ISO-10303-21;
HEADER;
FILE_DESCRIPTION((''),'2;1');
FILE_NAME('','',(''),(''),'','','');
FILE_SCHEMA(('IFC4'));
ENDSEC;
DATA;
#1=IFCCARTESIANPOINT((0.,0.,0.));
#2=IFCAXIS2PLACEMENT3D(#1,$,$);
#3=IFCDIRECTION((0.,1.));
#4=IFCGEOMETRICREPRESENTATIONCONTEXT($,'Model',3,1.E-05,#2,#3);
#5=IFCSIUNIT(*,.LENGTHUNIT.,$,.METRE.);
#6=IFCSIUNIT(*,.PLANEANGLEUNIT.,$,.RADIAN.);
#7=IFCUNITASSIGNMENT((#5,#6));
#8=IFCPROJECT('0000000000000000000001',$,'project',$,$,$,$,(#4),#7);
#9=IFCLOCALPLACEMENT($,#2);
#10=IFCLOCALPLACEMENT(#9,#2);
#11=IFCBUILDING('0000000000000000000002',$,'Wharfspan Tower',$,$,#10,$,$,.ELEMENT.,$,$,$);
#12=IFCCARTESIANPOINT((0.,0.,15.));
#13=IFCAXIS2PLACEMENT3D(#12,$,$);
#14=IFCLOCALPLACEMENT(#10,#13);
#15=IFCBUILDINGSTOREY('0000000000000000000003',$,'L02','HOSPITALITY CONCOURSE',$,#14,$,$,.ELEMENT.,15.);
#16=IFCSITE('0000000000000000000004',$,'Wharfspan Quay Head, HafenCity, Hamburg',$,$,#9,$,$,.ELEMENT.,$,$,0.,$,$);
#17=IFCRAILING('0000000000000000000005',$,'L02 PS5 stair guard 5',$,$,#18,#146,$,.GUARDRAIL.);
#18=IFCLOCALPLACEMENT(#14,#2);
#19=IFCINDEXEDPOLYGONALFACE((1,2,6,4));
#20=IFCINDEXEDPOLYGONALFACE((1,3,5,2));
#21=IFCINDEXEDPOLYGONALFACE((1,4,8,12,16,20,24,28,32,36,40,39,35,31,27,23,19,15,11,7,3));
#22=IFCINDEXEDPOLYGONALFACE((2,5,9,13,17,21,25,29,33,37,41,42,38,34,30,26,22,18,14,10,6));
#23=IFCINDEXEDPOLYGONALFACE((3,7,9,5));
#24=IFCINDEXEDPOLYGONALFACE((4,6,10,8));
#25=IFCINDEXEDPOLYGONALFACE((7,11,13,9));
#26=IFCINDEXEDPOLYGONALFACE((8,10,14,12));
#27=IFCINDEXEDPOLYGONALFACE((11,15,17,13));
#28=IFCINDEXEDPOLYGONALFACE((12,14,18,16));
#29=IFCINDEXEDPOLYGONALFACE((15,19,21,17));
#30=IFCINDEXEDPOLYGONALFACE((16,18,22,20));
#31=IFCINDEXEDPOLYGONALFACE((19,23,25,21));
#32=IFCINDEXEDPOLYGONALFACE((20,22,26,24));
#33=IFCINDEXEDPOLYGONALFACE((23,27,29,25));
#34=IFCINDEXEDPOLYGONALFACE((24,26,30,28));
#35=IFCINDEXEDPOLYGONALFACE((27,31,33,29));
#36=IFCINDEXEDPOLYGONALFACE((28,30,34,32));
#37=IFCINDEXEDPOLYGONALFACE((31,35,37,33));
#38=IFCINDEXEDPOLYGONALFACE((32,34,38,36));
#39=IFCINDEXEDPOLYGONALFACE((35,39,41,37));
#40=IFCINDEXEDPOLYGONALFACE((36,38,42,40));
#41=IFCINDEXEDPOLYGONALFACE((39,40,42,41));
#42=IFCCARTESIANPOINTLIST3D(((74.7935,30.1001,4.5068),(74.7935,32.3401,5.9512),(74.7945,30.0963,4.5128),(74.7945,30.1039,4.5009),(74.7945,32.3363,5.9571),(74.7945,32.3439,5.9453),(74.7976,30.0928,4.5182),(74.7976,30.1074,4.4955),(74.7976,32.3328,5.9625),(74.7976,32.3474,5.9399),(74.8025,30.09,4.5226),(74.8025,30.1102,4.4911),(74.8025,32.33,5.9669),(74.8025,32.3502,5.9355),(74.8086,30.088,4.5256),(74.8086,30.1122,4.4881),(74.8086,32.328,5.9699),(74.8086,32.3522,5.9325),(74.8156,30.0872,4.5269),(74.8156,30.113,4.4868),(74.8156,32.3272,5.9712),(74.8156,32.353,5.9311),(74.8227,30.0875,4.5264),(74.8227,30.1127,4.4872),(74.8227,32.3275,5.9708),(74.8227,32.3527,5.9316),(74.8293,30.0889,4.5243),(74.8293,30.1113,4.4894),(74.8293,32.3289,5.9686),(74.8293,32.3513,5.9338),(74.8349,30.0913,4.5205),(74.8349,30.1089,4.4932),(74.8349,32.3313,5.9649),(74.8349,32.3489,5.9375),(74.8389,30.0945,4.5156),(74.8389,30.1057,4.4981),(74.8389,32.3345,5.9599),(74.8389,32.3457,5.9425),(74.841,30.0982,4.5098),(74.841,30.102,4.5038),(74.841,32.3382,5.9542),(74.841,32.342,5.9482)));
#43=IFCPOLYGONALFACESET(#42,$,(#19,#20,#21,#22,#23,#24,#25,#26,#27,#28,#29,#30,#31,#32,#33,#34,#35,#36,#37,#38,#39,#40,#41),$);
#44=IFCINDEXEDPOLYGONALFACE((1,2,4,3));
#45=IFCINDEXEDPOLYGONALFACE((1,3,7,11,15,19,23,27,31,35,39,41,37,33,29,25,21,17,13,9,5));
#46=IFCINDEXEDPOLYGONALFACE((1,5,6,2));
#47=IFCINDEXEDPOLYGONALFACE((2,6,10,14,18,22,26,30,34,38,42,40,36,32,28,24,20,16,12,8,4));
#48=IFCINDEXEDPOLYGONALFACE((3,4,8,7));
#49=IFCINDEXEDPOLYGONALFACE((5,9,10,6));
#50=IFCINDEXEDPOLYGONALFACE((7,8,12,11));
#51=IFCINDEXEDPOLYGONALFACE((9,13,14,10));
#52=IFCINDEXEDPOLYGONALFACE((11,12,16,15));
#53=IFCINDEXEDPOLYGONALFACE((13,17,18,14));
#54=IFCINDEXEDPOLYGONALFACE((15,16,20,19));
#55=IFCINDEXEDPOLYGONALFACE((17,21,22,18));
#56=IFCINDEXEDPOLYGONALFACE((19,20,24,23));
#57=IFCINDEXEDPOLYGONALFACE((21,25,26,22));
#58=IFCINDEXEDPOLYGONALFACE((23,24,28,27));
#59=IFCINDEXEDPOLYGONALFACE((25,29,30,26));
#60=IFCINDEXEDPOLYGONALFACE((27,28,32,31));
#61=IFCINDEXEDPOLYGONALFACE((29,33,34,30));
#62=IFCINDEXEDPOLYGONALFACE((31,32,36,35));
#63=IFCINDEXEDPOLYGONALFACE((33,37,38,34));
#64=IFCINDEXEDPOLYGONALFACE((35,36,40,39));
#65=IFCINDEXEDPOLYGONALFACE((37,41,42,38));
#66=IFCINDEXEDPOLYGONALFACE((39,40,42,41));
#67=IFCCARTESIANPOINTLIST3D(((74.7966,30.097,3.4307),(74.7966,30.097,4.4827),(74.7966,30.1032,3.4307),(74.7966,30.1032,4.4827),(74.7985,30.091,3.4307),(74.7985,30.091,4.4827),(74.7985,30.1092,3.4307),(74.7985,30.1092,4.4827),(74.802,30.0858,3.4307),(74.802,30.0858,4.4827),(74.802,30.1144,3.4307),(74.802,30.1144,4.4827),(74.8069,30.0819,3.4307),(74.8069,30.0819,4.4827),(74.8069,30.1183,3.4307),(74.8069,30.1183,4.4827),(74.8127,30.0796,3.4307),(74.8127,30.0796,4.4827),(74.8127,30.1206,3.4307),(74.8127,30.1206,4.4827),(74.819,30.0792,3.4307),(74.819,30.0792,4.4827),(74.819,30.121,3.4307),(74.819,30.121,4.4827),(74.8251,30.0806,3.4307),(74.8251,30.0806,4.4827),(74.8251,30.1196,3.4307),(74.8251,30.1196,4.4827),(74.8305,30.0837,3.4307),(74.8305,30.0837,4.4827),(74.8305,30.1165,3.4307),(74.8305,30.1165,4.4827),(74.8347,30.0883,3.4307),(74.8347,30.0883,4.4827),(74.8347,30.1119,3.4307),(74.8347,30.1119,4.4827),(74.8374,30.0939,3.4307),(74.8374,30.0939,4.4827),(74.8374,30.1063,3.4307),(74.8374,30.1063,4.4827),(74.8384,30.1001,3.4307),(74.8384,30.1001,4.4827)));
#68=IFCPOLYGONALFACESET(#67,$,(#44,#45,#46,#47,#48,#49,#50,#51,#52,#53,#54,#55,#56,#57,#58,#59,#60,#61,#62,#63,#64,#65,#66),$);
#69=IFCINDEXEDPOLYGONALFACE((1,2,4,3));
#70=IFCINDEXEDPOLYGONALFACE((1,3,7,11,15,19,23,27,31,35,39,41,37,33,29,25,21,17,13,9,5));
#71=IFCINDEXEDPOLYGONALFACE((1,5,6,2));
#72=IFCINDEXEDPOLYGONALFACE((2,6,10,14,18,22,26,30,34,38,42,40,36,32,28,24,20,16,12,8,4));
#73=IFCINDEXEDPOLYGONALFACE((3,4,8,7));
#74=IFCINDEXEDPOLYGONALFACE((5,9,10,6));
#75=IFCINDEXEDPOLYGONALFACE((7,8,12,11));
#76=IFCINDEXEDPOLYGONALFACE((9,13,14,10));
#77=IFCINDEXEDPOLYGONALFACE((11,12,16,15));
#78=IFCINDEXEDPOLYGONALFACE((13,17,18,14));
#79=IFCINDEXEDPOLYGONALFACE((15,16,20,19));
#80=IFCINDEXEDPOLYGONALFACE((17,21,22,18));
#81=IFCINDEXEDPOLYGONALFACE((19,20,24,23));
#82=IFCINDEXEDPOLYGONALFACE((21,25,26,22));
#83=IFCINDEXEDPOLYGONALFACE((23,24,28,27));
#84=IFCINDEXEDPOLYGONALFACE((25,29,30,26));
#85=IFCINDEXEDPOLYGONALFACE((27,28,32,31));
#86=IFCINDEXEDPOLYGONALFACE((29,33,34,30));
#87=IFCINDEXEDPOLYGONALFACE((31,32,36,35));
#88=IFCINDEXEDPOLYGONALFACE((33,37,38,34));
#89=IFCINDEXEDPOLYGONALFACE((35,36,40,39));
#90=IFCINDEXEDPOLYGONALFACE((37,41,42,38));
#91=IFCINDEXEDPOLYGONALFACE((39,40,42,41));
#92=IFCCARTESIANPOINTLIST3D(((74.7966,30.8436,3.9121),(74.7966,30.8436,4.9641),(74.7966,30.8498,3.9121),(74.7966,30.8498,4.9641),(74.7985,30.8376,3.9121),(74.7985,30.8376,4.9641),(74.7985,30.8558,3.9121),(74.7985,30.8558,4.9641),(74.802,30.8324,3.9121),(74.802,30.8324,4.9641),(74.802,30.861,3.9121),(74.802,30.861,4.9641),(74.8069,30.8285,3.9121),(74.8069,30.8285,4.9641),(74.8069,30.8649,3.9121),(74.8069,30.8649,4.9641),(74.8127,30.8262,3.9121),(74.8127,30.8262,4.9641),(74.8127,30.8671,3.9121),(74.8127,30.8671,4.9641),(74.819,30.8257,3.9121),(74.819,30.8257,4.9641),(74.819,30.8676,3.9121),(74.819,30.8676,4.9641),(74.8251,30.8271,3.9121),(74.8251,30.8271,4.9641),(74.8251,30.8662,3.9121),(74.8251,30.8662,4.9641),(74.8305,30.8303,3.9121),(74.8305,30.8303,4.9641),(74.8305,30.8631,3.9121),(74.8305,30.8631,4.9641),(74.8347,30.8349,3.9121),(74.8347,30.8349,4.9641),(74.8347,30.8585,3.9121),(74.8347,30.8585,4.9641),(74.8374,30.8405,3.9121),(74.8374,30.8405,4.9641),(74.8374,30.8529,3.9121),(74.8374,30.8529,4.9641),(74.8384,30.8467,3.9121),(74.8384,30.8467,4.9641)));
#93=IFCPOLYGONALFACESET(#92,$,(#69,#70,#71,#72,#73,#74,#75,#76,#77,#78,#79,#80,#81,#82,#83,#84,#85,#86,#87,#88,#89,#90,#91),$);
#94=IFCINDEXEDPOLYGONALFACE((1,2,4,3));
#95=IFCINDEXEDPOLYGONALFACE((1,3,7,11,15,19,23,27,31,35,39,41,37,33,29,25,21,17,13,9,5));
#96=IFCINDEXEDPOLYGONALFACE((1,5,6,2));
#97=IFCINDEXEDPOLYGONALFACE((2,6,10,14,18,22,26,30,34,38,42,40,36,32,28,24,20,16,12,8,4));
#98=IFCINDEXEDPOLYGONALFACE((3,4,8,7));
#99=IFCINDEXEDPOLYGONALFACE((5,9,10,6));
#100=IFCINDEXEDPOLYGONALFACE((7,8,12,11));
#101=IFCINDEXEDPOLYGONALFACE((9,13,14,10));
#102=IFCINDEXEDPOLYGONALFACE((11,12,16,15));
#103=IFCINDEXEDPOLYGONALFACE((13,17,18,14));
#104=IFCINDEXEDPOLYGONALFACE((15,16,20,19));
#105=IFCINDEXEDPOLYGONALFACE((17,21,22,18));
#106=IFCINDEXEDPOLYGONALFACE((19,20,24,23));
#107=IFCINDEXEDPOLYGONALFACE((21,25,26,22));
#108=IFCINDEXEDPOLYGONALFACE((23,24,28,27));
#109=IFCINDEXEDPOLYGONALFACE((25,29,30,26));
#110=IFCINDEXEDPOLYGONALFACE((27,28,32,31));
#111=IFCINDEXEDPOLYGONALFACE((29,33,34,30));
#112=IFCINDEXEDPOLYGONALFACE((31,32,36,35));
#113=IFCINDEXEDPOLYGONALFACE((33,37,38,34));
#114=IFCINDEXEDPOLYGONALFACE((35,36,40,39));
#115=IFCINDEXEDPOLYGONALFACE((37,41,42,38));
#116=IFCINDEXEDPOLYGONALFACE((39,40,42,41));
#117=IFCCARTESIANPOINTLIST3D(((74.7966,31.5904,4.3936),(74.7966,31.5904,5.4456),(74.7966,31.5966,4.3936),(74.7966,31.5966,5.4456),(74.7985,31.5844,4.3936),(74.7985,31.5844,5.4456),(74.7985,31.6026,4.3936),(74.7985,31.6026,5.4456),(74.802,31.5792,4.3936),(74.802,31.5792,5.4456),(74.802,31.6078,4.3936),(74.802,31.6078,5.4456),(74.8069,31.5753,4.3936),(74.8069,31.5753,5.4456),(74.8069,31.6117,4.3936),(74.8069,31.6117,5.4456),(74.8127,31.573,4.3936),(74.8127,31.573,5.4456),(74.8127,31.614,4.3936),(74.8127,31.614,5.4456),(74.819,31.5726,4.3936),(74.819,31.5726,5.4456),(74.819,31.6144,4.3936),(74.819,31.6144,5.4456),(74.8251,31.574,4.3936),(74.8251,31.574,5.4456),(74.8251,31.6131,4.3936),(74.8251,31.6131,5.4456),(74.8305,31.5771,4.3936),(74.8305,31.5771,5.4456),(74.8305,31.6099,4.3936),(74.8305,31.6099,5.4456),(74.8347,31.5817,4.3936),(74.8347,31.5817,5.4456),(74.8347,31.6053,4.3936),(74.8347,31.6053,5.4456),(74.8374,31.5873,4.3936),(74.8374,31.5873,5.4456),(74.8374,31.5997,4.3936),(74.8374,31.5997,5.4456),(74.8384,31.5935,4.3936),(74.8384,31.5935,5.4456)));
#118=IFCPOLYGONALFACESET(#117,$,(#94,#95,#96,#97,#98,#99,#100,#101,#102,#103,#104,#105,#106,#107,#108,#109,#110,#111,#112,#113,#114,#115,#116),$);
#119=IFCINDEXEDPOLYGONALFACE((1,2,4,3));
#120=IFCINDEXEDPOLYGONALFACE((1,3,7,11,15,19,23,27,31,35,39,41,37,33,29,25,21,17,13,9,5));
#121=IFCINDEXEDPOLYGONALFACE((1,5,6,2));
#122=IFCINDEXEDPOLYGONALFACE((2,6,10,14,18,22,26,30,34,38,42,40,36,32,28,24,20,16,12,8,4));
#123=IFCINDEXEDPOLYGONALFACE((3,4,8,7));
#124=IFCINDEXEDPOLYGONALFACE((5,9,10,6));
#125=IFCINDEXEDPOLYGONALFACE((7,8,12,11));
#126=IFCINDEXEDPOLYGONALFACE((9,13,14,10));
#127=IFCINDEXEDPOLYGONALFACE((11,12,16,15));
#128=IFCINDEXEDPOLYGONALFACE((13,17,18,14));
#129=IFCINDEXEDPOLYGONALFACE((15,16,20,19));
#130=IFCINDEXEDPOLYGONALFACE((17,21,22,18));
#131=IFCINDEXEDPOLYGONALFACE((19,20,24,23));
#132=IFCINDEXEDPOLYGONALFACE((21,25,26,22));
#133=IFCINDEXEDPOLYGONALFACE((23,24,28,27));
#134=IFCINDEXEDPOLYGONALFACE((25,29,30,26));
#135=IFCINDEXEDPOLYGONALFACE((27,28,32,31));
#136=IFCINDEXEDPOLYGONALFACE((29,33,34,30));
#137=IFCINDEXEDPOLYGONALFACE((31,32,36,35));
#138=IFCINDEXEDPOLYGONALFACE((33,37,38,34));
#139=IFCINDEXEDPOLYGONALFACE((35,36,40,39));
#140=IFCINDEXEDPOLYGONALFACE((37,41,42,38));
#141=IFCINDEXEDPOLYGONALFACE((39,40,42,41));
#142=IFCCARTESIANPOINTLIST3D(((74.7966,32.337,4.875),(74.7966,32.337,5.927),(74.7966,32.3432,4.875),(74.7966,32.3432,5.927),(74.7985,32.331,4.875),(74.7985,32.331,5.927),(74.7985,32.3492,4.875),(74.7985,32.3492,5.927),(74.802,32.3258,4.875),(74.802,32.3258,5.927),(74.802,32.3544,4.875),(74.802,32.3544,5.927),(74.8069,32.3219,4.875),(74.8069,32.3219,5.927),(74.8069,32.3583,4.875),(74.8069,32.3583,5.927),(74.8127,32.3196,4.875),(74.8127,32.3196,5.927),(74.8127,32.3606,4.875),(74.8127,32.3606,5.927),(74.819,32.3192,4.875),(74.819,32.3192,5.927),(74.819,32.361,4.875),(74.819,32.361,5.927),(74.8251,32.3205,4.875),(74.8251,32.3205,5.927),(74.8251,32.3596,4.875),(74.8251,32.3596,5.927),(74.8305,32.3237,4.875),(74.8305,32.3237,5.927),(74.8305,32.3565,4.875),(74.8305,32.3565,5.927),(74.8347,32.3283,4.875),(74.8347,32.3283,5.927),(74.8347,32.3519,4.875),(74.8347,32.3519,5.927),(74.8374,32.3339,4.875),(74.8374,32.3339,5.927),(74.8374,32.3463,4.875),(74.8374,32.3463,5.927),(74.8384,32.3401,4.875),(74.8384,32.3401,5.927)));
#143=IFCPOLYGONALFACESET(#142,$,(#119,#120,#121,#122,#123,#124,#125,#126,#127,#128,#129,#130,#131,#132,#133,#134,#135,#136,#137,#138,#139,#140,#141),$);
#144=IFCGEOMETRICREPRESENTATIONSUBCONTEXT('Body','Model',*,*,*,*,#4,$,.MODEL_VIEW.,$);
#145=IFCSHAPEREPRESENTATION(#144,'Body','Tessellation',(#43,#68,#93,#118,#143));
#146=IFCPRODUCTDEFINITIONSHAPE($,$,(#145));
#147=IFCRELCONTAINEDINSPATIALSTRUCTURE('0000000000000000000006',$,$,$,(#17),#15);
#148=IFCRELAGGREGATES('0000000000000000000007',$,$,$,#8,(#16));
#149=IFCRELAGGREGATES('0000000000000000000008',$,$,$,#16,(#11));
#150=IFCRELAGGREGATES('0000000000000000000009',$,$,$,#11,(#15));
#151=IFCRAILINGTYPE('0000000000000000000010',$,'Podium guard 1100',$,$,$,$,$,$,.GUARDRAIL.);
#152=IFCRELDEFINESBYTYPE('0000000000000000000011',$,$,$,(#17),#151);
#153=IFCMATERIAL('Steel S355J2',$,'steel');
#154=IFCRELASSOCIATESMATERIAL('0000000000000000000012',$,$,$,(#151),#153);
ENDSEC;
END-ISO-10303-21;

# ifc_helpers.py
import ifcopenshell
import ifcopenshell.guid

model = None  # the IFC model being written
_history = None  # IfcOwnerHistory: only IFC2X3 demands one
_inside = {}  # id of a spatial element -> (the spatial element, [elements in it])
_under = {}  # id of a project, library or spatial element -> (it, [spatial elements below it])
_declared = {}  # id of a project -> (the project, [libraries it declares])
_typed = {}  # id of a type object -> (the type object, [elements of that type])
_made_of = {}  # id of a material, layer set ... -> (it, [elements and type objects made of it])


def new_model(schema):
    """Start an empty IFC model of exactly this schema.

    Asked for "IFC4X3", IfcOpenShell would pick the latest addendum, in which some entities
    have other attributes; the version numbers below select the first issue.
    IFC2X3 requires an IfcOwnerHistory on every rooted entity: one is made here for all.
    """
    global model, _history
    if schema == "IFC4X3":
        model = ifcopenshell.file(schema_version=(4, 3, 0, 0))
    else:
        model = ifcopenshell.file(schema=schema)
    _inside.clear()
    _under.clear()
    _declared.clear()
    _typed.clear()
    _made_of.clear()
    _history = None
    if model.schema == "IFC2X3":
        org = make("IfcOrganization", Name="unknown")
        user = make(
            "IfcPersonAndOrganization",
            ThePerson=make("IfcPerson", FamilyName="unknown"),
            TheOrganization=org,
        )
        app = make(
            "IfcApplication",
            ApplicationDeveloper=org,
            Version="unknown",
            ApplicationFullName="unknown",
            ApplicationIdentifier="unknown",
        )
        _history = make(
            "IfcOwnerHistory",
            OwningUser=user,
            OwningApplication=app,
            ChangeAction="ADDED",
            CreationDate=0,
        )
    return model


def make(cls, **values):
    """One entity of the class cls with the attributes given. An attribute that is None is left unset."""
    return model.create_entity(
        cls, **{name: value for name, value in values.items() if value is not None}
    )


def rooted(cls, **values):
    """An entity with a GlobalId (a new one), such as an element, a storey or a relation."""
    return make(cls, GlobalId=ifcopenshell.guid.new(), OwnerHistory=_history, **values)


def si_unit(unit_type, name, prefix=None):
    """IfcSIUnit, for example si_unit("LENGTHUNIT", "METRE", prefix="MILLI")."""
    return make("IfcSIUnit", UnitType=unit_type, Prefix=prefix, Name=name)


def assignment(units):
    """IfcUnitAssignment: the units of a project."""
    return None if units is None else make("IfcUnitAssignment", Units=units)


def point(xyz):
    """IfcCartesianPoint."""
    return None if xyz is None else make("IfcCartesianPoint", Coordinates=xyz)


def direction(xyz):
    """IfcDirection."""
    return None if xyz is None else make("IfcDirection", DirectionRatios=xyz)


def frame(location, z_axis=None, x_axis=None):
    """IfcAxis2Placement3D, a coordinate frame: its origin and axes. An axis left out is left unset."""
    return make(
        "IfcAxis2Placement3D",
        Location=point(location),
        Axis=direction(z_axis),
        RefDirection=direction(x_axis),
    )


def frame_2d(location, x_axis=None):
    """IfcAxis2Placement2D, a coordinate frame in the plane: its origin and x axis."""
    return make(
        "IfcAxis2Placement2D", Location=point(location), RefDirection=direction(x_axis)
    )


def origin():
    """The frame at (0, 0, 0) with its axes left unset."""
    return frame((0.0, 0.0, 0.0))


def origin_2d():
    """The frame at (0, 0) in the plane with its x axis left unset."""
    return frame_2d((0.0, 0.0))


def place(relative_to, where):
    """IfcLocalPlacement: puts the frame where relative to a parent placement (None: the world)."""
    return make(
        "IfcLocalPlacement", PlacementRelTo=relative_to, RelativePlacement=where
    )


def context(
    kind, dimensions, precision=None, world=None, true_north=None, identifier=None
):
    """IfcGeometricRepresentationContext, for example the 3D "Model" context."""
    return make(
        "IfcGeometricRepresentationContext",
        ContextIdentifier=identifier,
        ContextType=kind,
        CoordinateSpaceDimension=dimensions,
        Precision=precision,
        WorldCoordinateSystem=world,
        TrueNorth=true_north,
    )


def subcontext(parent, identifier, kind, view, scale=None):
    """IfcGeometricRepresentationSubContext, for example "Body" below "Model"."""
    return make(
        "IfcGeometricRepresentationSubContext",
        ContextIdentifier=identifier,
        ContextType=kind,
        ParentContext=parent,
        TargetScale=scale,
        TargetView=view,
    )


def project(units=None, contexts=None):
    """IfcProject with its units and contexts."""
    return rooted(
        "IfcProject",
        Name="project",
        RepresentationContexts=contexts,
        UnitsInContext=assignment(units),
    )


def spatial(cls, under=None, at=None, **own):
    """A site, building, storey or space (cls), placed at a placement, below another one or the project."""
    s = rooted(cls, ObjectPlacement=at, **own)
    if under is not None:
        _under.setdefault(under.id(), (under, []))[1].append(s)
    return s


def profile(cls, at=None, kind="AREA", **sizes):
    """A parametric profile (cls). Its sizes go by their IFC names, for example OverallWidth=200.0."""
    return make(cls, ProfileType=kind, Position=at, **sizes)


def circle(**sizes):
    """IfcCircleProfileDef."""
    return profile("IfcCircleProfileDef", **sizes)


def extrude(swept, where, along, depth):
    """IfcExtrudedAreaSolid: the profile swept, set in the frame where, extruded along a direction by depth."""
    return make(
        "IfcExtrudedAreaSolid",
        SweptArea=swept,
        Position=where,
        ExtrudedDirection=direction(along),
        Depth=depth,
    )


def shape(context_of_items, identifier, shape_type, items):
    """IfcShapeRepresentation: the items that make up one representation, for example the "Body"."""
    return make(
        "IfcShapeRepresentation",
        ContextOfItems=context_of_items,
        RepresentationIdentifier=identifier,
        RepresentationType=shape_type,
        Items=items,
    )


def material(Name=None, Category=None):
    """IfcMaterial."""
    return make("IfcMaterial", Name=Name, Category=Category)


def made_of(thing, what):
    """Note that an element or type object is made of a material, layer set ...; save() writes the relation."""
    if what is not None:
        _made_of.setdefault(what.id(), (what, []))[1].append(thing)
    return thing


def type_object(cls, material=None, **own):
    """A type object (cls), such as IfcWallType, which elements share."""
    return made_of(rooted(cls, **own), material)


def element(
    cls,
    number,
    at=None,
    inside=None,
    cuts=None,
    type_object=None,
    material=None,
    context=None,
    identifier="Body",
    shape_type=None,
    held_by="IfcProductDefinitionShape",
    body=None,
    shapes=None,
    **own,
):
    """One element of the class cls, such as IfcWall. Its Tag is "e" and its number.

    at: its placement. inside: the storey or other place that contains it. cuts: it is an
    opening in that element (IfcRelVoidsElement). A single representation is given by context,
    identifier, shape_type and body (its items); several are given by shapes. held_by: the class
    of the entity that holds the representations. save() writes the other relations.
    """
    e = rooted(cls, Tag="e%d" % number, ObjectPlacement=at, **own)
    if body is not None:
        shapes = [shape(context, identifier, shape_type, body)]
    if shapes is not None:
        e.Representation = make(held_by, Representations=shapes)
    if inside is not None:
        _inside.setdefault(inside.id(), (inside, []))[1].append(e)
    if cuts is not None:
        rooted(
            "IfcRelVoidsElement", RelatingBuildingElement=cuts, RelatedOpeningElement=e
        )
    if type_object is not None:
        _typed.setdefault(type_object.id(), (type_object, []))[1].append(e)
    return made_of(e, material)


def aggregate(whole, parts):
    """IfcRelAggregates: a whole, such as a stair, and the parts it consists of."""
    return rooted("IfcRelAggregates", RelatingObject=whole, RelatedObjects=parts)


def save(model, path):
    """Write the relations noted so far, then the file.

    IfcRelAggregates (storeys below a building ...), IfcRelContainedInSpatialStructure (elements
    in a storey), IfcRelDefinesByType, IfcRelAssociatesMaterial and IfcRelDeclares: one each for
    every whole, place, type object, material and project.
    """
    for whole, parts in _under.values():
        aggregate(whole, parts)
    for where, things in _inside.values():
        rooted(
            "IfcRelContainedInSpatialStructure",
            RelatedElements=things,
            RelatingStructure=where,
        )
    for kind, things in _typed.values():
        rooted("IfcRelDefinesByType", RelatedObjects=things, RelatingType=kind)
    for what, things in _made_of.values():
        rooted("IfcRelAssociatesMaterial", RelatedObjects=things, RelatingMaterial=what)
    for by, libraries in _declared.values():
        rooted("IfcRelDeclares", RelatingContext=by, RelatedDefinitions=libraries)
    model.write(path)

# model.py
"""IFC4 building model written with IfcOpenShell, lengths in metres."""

from ifc_helpers import new_model, si_unit, direction, frame, origin, origin_2d, place, context, subcontext, project, spatial, circle, extrude, material, type_object, element, save


model = new_model("IFC4")

# Units and contexts
model_context = context("Model", 3, precision=1e-05, world=origin(), true_north=direction((0.0, 1.0)))
body_context = subcontext(model_context, "Body", "Model", "MODEL_VIEW")
ifc_project = project(units=[si_unit("LENGTHUNIT", "METRE"), si_unit("PLANEANGLEUNIT", "RADIAN")], contexts=[model_context])

# Site, building, storey
site_placement = place(None, origin())
site = spatial("IfcSite", under=ifc_project, at=site_placement, Name="Wharfspan Quay Head, HafenCity, Hamburg", CompositionType="ELEMENT", RefElevation=0.0)
building_placement = place(site_placement, origin())
building = spatial("IfcBuilding", under=site, at=building_placement, Name="Wharfspan Tower", CompositionType="ELEMENT")
storey_placement = place(building_placement, frame((0.0, 0.0, 15.0)))
storey = spatial("IfcBuildingStorey", under=building, at=storey_placement, Name="L02", Description="HOSPITALITY CONCOURSE", CompositionType="ELEMENT", Elevation=15.0)

# Railing
ifc_material_1 = material(Name="Steel S355J2", Category="steel")
railing_type_1 = type_object("IfcRailingType", Name="Podium guard 1100", PredefinedType="GUARDRAIL", material=ifc_material_1)
railing_1_placement = place(storey_placement, frame((74.8174, 30.1001, 3.4307)))
element("IfcRailing", 1, at=railing_1_placement, inside=storey, type_object=railing_type_1, Name="L02 PS5 stair guard 5", PredefinedType="GUARDRAIL", context=body_context, shape_type="SweptSolid", body=[
    extrude(circle(Radius=0.0239, at=origin_2d()), frame((0.0, 0.0, 1.0762), z_axis=(0.0, 0.840437, 0.54191), x_axis=(-1.0, 0.0, 0.0)), (0.0, 0.0, 1.0), 2.6653),
    extrude(circle(Radius=0.021, at=origin_2d()), origin(), (0.0, 0.0, 1.0), 1.052),
    extrude(circle(Radius=0.021, at=origin_2d()), frame((0.0, 0.7466, 0.4814)), (0.0, 0.0, 1.0), 1.052),
    extrude(circle(Radius=0.021, at=origin_2d()), frame((0.0, 1.4934, 0.9629)), (0.0, 0.0, 1.0), 1.052),
    extrude(circle(Radius=0.021, at=origin_2d()), frame((0.0, 2.24, 1.4443)), (0.0, 0.0, 1.0), 1.052),
])

save(model, "model.ifc")
